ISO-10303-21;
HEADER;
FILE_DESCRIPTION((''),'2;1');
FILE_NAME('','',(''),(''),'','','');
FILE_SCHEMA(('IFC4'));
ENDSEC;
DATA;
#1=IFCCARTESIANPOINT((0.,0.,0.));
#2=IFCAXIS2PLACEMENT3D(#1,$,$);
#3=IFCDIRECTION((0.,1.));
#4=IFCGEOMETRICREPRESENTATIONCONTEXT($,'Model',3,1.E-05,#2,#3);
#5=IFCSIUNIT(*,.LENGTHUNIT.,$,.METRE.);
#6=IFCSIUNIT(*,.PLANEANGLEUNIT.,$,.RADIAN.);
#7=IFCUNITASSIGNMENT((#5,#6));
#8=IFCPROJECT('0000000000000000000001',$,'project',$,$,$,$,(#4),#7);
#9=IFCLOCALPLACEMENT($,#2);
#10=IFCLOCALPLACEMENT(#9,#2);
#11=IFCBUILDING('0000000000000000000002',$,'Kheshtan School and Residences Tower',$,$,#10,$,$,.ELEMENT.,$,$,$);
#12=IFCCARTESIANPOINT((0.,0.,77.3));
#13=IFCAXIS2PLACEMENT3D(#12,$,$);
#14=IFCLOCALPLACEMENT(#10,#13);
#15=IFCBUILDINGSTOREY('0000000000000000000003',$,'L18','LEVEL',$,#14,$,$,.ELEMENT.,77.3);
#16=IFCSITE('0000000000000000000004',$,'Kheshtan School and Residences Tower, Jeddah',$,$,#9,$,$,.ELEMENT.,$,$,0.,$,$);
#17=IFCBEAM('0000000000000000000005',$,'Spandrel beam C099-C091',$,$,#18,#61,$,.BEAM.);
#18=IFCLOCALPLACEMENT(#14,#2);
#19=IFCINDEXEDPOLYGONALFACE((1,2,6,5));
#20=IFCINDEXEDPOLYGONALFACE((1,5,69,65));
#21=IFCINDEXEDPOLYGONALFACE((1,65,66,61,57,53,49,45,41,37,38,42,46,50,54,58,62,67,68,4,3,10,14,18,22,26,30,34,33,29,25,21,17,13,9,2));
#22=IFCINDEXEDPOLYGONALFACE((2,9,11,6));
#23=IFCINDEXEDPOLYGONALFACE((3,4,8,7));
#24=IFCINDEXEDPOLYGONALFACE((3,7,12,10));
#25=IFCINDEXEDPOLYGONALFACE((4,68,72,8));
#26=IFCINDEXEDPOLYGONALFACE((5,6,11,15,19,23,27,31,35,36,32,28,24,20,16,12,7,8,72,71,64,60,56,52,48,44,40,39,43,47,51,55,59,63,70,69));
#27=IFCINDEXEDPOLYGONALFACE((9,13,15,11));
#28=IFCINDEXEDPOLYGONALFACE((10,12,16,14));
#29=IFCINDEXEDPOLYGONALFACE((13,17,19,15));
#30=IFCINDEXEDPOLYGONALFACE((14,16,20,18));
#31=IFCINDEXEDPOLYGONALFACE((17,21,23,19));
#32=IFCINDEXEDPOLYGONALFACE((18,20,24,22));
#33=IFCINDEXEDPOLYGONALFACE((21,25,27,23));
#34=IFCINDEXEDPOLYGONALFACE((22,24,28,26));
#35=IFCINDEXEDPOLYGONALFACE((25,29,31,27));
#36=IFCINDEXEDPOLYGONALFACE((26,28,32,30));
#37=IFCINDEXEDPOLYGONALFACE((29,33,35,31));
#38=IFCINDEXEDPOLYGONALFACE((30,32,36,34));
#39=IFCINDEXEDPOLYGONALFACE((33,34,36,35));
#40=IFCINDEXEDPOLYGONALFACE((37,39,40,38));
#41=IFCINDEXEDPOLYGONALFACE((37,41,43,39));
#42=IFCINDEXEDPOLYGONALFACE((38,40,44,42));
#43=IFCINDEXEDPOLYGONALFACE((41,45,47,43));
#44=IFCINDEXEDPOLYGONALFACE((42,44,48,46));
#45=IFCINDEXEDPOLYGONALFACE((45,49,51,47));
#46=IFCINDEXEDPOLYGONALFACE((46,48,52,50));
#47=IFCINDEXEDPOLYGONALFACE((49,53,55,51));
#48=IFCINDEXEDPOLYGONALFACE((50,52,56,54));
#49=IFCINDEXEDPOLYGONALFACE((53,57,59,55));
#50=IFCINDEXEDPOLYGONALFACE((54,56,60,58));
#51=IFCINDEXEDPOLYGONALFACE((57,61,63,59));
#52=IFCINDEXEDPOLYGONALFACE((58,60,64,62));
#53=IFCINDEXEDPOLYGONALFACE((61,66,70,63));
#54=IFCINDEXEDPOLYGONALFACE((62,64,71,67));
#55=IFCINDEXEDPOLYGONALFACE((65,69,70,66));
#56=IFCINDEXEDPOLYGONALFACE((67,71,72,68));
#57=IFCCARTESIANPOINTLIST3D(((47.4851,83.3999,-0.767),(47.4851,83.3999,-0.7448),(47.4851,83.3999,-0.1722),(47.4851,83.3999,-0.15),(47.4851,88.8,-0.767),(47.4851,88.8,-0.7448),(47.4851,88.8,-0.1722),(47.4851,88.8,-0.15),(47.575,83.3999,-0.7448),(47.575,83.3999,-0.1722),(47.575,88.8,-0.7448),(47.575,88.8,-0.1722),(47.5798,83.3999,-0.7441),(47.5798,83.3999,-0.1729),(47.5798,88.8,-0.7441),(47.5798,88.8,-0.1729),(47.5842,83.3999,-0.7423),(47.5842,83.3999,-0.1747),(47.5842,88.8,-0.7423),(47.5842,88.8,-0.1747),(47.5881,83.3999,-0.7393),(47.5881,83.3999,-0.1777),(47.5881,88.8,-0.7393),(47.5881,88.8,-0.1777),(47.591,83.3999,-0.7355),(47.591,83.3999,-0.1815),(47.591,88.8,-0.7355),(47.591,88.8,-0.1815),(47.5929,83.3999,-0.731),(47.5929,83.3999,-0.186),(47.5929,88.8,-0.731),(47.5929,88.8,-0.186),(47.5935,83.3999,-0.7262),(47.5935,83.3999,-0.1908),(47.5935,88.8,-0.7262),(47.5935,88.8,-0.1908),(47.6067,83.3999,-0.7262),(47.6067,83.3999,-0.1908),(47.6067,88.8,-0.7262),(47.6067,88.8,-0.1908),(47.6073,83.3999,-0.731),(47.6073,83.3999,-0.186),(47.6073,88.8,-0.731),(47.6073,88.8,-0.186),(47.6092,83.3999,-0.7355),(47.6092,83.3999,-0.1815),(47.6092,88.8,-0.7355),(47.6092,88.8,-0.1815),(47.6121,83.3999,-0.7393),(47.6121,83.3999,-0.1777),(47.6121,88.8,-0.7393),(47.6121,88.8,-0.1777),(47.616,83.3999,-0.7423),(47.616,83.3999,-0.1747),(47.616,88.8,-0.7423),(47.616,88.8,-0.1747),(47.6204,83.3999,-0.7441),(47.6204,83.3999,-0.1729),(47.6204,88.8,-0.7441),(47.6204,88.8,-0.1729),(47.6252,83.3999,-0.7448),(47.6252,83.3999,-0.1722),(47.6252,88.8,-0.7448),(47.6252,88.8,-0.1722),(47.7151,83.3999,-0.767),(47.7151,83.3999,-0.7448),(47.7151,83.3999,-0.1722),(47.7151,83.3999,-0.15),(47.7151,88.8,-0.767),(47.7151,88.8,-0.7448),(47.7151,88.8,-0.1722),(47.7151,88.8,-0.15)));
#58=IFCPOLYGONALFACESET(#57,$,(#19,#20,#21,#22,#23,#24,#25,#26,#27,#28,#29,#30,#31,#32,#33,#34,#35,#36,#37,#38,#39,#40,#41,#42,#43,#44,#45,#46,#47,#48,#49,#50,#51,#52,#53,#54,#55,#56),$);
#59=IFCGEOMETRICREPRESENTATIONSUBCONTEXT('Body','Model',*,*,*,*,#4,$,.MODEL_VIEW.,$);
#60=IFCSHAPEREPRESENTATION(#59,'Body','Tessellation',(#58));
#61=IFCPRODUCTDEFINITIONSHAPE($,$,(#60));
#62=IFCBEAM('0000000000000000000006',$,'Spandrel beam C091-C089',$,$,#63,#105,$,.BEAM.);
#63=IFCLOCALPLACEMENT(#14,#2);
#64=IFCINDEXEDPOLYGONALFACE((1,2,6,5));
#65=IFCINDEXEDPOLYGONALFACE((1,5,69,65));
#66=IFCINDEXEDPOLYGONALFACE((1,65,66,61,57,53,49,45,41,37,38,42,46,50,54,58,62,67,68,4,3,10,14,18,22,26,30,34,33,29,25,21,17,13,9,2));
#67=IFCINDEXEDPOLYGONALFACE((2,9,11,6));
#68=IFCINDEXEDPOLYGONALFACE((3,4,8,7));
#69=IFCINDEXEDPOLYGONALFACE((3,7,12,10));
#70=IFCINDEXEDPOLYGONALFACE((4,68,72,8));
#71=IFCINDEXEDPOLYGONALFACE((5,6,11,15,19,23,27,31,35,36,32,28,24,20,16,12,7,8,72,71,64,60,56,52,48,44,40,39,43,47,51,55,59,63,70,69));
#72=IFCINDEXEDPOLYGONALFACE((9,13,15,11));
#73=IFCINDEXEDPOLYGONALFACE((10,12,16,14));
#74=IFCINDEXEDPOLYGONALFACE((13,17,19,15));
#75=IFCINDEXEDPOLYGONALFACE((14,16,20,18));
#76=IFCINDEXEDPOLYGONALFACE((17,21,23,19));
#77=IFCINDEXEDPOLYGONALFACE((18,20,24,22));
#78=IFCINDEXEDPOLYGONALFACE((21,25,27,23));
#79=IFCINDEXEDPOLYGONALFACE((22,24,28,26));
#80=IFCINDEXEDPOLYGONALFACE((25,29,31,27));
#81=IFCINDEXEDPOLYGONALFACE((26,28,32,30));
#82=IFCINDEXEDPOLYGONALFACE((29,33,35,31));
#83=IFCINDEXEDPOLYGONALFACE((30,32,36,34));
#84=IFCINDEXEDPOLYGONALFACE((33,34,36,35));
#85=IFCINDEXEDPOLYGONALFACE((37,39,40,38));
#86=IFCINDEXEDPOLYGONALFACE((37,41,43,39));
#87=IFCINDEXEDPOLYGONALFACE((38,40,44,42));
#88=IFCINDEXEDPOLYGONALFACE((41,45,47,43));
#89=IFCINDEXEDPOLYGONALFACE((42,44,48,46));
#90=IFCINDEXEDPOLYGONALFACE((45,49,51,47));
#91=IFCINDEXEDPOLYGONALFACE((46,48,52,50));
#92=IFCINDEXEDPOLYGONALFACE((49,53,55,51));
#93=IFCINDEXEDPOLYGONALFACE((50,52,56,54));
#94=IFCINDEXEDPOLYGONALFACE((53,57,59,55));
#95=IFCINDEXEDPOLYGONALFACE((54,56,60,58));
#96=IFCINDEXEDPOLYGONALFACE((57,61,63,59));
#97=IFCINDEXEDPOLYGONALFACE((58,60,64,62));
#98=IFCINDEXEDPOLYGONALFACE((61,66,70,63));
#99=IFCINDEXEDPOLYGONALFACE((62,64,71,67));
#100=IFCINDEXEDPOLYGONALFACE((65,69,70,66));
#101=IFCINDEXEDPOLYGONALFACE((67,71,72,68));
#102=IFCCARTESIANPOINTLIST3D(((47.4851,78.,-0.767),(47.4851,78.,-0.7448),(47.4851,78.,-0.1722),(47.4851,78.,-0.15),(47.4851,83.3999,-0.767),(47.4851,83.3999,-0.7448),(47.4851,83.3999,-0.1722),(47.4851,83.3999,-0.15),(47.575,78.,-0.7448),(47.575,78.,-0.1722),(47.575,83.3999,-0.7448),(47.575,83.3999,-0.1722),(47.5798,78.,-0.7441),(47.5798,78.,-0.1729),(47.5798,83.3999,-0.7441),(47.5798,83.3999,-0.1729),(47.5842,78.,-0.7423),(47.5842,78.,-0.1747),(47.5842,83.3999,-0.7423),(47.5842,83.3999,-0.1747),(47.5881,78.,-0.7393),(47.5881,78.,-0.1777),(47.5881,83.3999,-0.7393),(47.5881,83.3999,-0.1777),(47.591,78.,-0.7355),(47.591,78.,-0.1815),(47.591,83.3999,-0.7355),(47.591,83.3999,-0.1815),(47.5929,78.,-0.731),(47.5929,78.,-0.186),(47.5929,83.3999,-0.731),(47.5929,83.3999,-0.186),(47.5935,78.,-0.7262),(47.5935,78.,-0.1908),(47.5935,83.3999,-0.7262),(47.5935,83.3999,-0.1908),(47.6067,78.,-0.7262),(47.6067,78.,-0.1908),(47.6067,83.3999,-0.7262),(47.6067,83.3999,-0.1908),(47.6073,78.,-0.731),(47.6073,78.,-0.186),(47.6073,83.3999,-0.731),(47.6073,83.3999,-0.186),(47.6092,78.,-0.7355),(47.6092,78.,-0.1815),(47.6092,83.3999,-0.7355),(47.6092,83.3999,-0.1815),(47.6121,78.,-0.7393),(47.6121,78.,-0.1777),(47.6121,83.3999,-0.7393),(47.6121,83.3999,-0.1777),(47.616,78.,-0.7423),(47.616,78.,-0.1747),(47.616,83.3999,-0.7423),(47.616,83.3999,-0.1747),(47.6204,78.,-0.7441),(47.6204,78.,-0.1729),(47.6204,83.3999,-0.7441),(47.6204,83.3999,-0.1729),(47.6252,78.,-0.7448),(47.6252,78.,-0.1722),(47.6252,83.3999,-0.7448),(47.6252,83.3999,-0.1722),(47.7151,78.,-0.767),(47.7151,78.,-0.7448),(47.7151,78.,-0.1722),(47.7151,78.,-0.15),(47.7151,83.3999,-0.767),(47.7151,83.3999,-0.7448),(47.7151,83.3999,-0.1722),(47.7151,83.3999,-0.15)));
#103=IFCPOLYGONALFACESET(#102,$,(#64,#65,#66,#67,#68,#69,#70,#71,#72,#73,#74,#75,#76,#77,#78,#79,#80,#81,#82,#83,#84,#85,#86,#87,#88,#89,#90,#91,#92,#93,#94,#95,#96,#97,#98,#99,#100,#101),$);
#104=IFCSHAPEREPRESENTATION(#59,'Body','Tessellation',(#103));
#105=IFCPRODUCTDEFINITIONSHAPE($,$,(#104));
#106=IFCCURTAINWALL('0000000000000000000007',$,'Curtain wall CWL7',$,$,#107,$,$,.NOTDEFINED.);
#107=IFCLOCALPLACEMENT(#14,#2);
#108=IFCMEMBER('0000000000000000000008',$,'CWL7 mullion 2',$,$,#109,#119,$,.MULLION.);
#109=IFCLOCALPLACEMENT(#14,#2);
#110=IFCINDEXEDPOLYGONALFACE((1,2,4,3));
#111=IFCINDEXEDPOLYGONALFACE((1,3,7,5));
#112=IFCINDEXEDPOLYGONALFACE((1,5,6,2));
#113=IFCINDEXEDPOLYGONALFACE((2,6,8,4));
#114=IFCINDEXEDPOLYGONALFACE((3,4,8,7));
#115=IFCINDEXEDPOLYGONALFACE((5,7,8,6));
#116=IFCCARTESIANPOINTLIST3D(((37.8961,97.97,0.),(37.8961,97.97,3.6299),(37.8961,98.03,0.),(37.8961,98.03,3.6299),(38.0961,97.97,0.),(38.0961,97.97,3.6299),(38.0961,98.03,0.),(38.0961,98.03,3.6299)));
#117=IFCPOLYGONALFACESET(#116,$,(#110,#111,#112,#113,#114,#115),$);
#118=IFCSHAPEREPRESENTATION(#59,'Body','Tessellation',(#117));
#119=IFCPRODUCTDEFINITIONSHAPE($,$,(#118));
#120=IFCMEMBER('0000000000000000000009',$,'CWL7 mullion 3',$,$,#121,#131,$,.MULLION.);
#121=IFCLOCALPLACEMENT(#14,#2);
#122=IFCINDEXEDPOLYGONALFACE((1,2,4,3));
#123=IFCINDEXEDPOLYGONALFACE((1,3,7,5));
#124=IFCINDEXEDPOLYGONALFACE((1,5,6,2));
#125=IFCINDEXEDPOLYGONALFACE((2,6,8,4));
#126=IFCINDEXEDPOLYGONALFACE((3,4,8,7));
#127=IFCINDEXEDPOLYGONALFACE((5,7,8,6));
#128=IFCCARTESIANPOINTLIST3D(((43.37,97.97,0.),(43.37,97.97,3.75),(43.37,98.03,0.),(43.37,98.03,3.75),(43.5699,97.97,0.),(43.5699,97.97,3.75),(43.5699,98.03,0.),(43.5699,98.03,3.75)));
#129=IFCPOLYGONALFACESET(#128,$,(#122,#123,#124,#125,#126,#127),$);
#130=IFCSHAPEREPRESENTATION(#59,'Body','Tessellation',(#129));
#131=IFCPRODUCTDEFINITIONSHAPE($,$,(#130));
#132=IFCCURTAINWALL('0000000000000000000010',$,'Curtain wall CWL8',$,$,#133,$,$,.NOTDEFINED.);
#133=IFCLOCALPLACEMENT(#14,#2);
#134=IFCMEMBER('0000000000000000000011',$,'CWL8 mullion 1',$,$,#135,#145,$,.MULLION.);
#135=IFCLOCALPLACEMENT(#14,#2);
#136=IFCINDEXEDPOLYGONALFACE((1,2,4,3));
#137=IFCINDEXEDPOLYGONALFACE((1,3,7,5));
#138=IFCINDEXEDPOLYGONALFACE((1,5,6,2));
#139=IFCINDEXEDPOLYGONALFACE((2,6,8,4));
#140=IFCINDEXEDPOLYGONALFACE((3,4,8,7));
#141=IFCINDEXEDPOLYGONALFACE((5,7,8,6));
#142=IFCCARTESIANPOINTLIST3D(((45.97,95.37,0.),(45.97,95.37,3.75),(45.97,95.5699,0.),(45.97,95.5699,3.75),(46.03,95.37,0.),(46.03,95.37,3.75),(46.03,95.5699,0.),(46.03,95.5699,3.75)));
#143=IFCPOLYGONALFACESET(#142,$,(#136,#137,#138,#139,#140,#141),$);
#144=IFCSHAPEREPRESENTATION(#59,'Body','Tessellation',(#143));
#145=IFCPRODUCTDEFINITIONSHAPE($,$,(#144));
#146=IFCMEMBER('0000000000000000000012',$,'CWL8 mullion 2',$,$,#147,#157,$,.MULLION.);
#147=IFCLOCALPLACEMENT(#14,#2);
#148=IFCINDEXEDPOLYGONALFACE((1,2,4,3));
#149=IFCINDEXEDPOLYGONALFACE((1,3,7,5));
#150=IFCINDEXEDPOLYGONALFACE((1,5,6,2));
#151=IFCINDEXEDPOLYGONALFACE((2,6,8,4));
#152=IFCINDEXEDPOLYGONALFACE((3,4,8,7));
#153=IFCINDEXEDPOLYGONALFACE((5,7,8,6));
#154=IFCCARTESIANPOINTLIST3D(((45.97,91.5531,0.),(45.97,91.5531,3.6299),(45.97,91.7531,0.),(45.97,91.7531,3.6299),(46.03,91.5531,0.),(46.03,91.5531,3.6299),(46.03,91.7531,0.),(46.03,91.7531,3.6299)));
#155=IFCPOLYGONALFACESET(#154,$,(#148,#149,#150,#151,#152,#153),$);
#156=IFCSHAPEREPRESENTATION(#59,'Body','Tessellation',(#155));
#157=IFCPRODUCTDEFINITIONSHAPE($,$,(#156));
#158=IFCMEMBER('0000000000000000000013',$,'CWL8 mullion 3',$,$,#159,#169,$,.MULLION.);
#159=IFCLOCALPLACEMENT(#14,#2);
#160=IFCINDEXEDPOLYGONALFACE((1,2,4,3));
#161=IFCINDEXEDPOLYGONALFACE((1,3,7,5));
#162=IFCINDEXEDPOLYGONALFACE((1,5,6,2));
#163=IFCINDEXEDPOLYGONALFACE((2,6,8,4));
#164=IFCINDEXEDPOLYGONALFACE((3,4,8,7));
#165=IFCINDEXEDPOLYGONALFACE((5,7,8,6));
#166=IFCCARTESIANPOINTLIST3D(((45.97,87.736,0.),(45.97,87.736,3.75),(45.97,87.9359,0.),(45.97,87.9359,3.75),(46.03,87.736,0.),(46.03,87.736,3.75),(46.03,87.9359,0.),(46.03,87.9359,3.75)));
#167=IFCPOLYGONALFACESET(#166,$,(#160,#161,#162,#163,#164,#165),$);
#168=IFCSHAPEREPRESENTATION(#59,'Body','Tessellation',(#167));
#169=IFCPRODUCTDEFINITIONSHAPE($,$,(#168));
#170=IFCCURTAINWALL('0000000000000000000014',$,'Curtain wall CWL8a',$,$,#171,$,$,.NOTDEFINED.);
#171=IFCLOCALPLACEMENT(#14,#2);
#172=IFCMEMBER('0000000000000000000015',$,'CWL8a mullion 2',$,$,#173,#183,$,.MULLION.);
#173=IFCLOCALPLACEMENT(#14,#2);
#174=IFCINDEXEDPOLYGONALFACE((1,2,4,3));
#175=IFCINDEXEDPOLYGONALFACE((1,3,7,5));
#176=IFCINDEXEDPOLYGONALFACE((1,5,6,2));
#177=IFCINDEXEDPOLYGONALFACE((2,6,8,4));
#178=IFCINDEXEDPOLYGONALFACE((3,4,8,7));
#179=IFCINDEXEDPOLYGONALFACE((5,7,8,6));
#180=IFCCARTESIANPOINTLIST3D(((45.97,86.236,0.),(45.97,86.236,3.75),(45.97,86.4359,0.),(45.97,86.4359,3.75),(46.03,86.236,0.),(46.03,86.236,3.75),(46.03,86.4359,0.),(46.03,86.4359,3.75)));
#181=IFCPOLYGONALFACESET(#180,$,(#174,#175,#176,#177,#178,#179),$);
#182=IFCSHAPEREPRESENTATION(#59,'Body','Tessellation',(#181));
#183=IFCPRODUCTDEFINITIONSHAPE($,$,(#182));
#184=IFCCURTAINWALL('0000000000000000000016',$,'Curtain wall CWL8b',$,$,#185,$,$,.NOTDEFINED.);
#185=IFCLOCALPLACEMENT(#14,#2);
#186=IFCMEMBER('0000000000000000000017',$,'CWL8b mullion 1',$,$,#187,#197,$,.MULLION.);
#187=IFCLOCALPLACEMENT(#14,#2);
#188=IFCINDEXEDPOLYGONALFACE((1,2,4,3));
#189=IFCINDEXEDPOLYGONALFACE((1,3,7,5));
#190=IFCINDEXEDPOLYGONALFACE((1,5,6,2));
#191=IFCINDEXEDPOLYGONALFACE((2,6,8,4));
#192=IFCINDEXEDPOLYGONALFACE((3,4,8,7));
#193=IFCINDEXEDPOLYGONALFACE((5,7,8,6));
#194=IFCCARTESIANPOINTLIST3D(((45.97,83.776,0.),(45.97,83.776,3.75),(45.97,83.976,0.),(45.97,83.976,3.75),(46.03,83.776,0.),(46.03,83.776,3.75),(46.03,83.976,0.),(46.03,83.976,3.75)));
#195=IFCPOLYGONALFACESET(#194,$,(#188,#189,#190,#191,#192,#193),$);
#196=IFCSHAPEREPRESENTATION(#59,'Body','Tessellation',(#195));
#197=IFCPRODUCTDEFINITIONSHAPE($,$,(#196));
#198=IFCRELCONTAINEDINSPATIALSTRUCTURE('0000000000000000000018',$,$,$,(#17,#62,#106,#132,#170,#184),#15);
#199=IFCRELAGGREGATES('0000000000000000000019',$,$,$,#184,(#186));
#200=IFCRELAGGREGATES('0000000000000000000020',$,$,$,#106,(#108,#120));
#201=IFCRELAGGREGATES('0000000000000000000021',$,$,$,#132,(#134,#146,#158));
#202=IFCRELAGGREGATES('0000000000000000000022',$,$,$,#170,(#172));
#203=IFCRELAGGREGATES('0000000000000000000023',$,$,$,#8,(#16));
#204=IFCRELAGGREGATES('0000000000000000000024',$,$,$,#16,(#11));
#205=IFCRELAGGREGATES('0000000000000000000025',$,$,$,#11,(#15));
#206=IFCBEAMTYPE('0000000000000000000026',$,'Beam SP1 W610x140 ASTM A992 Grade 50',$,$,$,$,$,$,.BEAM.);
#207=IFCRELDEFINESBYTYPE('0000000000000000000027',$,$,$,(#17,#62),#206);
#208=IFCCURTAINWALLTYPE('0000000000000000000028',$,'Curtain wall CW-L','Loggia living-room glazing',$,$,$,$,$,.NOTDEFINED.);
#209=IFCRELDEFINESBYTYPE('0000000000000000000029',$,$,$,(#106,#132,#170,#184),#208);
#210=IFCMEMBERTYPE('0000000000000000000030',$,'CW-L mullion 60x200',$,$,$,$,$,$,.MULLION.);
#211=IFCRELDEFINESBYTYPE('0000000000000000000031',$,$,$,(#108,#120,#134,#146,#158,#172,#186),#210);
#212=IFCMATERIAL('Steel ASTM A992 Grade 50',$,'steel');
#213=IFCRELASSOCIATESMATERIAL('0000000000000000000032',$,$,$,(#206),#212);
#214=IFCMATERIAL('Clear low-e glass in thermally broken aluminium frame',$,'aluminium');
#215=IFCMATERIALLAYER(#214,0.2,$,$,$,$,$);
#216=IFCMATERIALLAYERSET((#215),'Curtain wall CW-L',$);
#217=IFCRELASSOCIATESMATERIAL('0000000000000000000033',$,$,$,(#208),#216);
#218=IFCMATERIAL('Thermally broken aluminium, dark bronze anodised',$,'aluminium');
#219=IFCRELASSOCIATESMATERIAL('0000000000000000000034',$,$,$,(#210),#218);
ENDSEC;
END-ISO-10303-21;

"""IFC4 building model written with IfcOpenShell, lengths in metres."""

from ifc_helpers import new_model, si_unit, direction, frame, origin, origin_2d, place, context, subcontext, project, spatial, rectangle, i_section, extrude, material, layer, layer_set, material_profile, profile_set, type_object, element, aggregate, save


model = new_model("IFC4")

# Units and contexts
model_context = context("Model", 3, precision=1e-05, world=origin(), true_north=direction((0.0, 1.0)))
body_context = subcontext(model_context, "Body", "Model", "MODEL_VIEW")
ifc_project = project(units=[si_unit("LENGTHUNIT", "METRE"), si_unit("PLANEANGLEUNIT", "RADIAN")], contexts=[model_context])

# Site, building, storey
site_placement = place(None, origin())
site = spatial("IfcSite", under=ifc_project, at=site_placement, Name="Kheshtan School and Residences Tower, Jeddah", CompositionType="ELEMENT", RefElevation=0.0)
building_placement = place(site_placement, origin())
building = spatial("IfcBuilding", under=site, at=building_placement, Name="Kheshtan School and Residences Tower", CompositionType="ELEMENT")
storey_placement = place(building_placement, frame((0.0, 0.0, 77.3)))
storey = spatial("IfcBuildingStorey", under=building, at=storey_placement, Name="L18", Description="LEVEL", CompositionType="ELEMENT", Elevation=77.3)

# Shared definitions
ifc_material_1 = material(Name="Steel ASTM A992 Grade 50", Category="steel")

# Beams
ifc_material_profile_1 = material_profile(ifc_material_1, i_section(OverallWidth=0.23, OverallDepth=0.6169, WebThickness=0.0132, FlangeThickness=0.0222, FilletRadius=0.0186, at=origin_2d()), Name="W610x140")
ifc_profile_set_1 = profile_set([ifc_material_profile_1], Name="Steel ASTM A992 Grade 50")
beam_type = type_object("IfcBeamType", Name="Beam SP1 W610x140 ASTM A992 Grade 50", PredefinedType="BEAM", material=ifc_profile_set_1)
beam_1_placement = place(storey_placement, frame((47.6001, 88.8, -0.4585), z_axis=(0.0, -1.0, 0.0), x_axis=(1.0, 0.0, 0.0)))
element("IfcBeam", 1, at=beam_1_placement, inside=storey, type_object=beam_type, Name="Spandrel beam C099-C091", PredefinedType="BEAM", context=body_context, shape_type="SweptSolid", body=[
    extrude(i_section(OverallWidth=0.23, OverallDepth=0.6169, WebThickness=0.0132, FlangeThickness=0.0222, FilletRadius=0.0186, at=origin_2d()), origin(), (0.0, 0.0, 1.0), 5.4001),
])
beam_2_placement = place(storey_placement, frame((47.6001, 83.3999, -0.4585), z_axis=(0.0, -1.0, 0.0), x_axis=(1.0, 0.0, 0.0)))
element("IfcBeam", 2, at=beam_2_placement, inside=storey, type_object=beam_type, Name="Spandrel beam C091-C089", PredefinedType="BEAM", context=body_context, shape_type="SweptSolid", body=[
    extrude(i_section(OverallWidth=0.23, OverallDepth=0.6169, WebThickness=0.0132, FlangeThickness=0.0222, FilletRadius=0.0186, at=origin_2d()), origin(), (0.0, 0.0, 1.0), 5.3999),
])

# Curtain walls, members
ifc_material_2 = material(Name="Clear low-e glass in thermally broken aluminium frame", Category="aluminium")
ifc_layer_1 = layer(ifc_material_2, 0.2)
ifc_layer_set_1 = layer_set([ifc_layer_1], Name="Curtain wall CW-L")
curtain_wall_type = type_object("IfcCurtainWallType", Name="Curtain wall CW-L", Description="Loggia living-room glazing", PredefinedType="NOTDEFINED", material=ifc_layer_set_1)
curtain_wall_1_placement = place(storey_placement, origin())
curtain_wall_1 = element("IfcCurtainWall", 3, at=curtain_wall_1_placement, inside=storey, type_object=curtain_wall_type, Name="Curtain wall CWL7", PredefinedType="NOTDEFINED")
ifc_material_3 = material(Name="Thermally broken aluminium, dark bronze anodised", Category="aluminium")
ifc_material_profile_2 = material_profile(ifc_material_3, rectangle(XDim=0.0601, YDim=0.2, at=origin_2d()), Name="CW-L mullion 60x200")
ifc_profile_set_2 = profile_set([ifc_material_profile_2], Name="Thermally broken aluminium, dark bronze anodised")
member_type_1 = type_object("IfcMemberType", Name="CW-L mullion 60x200", PredefinedType="MULLION", material=ifc_profile_set_2)
member_1_placement = place(storey_placement, frame((37.9961, 98.0, 0.0), z_axis=(0.0, 0.0, 1.0), x_axis=(0.0, 1.0, 0.0)))
member_1 = element("IfcMember", 4, at=member_1_placement, type_object=member_type_1, Name="CWL7 mullion 2", PredefinedType="MULLION", context=body_context, shape_type="SweptSolid", body=[
    extrude(rectangle(XDim=0.0601, YDim=0.2, at=origin_2d()), origin(), (0.0, 0.0, 1.0), 3.6299),
])
member_2_placement = place(storey_placement, frame((43.47, 98.0, 0.0), z_axis=(0.0, 0.0, 1.0), x_axis=(0.0, 1.0, 0.0)))
member_2 = element("IfcMember", 5, at=member_2_placement, type_object=member_type_1, Name="CWL7 mullion 3", PredefinedType="MULLION", context=body_context, shape_type="SweptSolid", body=[
    extrude(rectangle(XDim=0.0601, YDim=0.2, at=origin_2d()), origin(), (0.0, 0.0, 1.0), 3.75),
])
curtain_wall_2_placement = place(storey_placement, origin())
curtain_wall_2 = element("IfcCurtainWall", 6, at=curtain_wall_2_placement, inside=storey, type_object=curtain_wall_type, Name="Curtain wall CWL8", PredefinedType="NOTDEFINED")
member_3_placement = place(storey_placement, frame((46.0, 95.47, 0.0), z_axis=(0.0, 0.0, 1.0), x_axis=(1.0, 0.0, 0.0)))
member_3 = element("IfcMember", 7, at=member_3_placement, type_object=member_type_1, Name="CWL8 mullion 1", PredefinedType="MULLION", context=body_context, shape_type="SweptSolid", body=[
    extrude(rectangle(XDim=0.0601, YDim=0.2, at=origin_2d()), origin(), (0.0, 0.0, 1.0), 3.75),
])
member_4_placement = place(storey_placement, frame((46.0, 91.6531, 0.0), z_axis=(0.0, 0.0, 1.0), x_axis=(1.0, 0.0, 0.0)))
member_4 = element("IfcMember", 8, at=member_4_placement, type_object=member_type_1, Name="CWL8 mullion 2", PredefinedType="MULLION", context=body_context, shape_type="SweptSolid", body=[
    extrude(rectangle(XDim=0.0601, YDim=0.2, at=origin_2d()), origin(), (0.0, 0.0, 1.0), 3.6299),
])
member_5_placement = place(storey_placement, frame((46.0, 87.8359, 0.0), z_axis=(0.0, 0.0, 1.0), x_axis=(1.0, 0.0, 0.0)))
member_5 = element("IfcMember", 9, at=member_5_placement, type_object=member_type_1, Name="CWL8 mullion 3", PredefinedType="MULLION", context=body_context, shape_type="SweptSolid", body=[
    extrude(rectangle(XDim=0.0601, YDim=0.2, at=origin_2d()), origin(), (0.0, 0.0, 1.0), 3.75),
])

# Curtain walls, members
curtain_wall_3_placement = place(storey_placement, origin())
curtain_wall_3 = element("IfcCurtainWall", 10, at=curtain_wall_3_placement, inside=storey, type_object=curtain_wall_type, Name="Curtain wall CWL8a", PredefinedType="NOTDEFINED")
member_6_placement = place(storey_placement, frame((46.0, 86.3359, 0.0), z_axis=(0.0, 0.0, 1.0), x_axis=(1.0, 0.0, 0.0)))
member_6 = element("IfcMember", 11, at=member_6_placement, type_object=member_type_1, Name="CWL8a mullion 2", PredefinedType="MULLION", context=body_context, shape_type="SweptSolid", body=[
    extrude(rectangle(XDim=0.0601, YDim=0.2, at=origin_2d()), origin(), (0.0, 0.0, 1.0), 3.75),
])
curtain_wall_4_placement = place(storey_placement, origin())
curtain_wall_4 = element("IfcCurtainWall", 12, at=curtain_wall_4_placement, inside=storey, type_object=curtain_wall_type, Name="Curtain wall CWL8b", PredefinedType="NOTDEFINED")
member_7_placement = place(storey_placement, frame((46.0, 83.876, 0.0), z_axis=(0.0, 0.0, 1.0), x_axis=(1.0, 0.0, 0.0)))
member_7 = element("IfcMember", 13, at=member_7_placement, type_object=member_type_1, Name="CWL8b mullion 1", PredefinedType="MULLION", context=body_context, shape_type="SweptSolid", body=[
    extrude(rectangle(XDim=0.0601, YDim=0.2, at=origin_2d()), origin(), (0.0, 0.0, 1.0), 3.75),
])

aggregate(curtain_wall_4, [member_7])

aggregate(curtain_wall_1, [member_1, member_2])
aggregate(curtain_wall_2, [member_3, member_4, member_5])
aggregate(curtain_wall_3, [member_6])

save(model, "model.ifc")
